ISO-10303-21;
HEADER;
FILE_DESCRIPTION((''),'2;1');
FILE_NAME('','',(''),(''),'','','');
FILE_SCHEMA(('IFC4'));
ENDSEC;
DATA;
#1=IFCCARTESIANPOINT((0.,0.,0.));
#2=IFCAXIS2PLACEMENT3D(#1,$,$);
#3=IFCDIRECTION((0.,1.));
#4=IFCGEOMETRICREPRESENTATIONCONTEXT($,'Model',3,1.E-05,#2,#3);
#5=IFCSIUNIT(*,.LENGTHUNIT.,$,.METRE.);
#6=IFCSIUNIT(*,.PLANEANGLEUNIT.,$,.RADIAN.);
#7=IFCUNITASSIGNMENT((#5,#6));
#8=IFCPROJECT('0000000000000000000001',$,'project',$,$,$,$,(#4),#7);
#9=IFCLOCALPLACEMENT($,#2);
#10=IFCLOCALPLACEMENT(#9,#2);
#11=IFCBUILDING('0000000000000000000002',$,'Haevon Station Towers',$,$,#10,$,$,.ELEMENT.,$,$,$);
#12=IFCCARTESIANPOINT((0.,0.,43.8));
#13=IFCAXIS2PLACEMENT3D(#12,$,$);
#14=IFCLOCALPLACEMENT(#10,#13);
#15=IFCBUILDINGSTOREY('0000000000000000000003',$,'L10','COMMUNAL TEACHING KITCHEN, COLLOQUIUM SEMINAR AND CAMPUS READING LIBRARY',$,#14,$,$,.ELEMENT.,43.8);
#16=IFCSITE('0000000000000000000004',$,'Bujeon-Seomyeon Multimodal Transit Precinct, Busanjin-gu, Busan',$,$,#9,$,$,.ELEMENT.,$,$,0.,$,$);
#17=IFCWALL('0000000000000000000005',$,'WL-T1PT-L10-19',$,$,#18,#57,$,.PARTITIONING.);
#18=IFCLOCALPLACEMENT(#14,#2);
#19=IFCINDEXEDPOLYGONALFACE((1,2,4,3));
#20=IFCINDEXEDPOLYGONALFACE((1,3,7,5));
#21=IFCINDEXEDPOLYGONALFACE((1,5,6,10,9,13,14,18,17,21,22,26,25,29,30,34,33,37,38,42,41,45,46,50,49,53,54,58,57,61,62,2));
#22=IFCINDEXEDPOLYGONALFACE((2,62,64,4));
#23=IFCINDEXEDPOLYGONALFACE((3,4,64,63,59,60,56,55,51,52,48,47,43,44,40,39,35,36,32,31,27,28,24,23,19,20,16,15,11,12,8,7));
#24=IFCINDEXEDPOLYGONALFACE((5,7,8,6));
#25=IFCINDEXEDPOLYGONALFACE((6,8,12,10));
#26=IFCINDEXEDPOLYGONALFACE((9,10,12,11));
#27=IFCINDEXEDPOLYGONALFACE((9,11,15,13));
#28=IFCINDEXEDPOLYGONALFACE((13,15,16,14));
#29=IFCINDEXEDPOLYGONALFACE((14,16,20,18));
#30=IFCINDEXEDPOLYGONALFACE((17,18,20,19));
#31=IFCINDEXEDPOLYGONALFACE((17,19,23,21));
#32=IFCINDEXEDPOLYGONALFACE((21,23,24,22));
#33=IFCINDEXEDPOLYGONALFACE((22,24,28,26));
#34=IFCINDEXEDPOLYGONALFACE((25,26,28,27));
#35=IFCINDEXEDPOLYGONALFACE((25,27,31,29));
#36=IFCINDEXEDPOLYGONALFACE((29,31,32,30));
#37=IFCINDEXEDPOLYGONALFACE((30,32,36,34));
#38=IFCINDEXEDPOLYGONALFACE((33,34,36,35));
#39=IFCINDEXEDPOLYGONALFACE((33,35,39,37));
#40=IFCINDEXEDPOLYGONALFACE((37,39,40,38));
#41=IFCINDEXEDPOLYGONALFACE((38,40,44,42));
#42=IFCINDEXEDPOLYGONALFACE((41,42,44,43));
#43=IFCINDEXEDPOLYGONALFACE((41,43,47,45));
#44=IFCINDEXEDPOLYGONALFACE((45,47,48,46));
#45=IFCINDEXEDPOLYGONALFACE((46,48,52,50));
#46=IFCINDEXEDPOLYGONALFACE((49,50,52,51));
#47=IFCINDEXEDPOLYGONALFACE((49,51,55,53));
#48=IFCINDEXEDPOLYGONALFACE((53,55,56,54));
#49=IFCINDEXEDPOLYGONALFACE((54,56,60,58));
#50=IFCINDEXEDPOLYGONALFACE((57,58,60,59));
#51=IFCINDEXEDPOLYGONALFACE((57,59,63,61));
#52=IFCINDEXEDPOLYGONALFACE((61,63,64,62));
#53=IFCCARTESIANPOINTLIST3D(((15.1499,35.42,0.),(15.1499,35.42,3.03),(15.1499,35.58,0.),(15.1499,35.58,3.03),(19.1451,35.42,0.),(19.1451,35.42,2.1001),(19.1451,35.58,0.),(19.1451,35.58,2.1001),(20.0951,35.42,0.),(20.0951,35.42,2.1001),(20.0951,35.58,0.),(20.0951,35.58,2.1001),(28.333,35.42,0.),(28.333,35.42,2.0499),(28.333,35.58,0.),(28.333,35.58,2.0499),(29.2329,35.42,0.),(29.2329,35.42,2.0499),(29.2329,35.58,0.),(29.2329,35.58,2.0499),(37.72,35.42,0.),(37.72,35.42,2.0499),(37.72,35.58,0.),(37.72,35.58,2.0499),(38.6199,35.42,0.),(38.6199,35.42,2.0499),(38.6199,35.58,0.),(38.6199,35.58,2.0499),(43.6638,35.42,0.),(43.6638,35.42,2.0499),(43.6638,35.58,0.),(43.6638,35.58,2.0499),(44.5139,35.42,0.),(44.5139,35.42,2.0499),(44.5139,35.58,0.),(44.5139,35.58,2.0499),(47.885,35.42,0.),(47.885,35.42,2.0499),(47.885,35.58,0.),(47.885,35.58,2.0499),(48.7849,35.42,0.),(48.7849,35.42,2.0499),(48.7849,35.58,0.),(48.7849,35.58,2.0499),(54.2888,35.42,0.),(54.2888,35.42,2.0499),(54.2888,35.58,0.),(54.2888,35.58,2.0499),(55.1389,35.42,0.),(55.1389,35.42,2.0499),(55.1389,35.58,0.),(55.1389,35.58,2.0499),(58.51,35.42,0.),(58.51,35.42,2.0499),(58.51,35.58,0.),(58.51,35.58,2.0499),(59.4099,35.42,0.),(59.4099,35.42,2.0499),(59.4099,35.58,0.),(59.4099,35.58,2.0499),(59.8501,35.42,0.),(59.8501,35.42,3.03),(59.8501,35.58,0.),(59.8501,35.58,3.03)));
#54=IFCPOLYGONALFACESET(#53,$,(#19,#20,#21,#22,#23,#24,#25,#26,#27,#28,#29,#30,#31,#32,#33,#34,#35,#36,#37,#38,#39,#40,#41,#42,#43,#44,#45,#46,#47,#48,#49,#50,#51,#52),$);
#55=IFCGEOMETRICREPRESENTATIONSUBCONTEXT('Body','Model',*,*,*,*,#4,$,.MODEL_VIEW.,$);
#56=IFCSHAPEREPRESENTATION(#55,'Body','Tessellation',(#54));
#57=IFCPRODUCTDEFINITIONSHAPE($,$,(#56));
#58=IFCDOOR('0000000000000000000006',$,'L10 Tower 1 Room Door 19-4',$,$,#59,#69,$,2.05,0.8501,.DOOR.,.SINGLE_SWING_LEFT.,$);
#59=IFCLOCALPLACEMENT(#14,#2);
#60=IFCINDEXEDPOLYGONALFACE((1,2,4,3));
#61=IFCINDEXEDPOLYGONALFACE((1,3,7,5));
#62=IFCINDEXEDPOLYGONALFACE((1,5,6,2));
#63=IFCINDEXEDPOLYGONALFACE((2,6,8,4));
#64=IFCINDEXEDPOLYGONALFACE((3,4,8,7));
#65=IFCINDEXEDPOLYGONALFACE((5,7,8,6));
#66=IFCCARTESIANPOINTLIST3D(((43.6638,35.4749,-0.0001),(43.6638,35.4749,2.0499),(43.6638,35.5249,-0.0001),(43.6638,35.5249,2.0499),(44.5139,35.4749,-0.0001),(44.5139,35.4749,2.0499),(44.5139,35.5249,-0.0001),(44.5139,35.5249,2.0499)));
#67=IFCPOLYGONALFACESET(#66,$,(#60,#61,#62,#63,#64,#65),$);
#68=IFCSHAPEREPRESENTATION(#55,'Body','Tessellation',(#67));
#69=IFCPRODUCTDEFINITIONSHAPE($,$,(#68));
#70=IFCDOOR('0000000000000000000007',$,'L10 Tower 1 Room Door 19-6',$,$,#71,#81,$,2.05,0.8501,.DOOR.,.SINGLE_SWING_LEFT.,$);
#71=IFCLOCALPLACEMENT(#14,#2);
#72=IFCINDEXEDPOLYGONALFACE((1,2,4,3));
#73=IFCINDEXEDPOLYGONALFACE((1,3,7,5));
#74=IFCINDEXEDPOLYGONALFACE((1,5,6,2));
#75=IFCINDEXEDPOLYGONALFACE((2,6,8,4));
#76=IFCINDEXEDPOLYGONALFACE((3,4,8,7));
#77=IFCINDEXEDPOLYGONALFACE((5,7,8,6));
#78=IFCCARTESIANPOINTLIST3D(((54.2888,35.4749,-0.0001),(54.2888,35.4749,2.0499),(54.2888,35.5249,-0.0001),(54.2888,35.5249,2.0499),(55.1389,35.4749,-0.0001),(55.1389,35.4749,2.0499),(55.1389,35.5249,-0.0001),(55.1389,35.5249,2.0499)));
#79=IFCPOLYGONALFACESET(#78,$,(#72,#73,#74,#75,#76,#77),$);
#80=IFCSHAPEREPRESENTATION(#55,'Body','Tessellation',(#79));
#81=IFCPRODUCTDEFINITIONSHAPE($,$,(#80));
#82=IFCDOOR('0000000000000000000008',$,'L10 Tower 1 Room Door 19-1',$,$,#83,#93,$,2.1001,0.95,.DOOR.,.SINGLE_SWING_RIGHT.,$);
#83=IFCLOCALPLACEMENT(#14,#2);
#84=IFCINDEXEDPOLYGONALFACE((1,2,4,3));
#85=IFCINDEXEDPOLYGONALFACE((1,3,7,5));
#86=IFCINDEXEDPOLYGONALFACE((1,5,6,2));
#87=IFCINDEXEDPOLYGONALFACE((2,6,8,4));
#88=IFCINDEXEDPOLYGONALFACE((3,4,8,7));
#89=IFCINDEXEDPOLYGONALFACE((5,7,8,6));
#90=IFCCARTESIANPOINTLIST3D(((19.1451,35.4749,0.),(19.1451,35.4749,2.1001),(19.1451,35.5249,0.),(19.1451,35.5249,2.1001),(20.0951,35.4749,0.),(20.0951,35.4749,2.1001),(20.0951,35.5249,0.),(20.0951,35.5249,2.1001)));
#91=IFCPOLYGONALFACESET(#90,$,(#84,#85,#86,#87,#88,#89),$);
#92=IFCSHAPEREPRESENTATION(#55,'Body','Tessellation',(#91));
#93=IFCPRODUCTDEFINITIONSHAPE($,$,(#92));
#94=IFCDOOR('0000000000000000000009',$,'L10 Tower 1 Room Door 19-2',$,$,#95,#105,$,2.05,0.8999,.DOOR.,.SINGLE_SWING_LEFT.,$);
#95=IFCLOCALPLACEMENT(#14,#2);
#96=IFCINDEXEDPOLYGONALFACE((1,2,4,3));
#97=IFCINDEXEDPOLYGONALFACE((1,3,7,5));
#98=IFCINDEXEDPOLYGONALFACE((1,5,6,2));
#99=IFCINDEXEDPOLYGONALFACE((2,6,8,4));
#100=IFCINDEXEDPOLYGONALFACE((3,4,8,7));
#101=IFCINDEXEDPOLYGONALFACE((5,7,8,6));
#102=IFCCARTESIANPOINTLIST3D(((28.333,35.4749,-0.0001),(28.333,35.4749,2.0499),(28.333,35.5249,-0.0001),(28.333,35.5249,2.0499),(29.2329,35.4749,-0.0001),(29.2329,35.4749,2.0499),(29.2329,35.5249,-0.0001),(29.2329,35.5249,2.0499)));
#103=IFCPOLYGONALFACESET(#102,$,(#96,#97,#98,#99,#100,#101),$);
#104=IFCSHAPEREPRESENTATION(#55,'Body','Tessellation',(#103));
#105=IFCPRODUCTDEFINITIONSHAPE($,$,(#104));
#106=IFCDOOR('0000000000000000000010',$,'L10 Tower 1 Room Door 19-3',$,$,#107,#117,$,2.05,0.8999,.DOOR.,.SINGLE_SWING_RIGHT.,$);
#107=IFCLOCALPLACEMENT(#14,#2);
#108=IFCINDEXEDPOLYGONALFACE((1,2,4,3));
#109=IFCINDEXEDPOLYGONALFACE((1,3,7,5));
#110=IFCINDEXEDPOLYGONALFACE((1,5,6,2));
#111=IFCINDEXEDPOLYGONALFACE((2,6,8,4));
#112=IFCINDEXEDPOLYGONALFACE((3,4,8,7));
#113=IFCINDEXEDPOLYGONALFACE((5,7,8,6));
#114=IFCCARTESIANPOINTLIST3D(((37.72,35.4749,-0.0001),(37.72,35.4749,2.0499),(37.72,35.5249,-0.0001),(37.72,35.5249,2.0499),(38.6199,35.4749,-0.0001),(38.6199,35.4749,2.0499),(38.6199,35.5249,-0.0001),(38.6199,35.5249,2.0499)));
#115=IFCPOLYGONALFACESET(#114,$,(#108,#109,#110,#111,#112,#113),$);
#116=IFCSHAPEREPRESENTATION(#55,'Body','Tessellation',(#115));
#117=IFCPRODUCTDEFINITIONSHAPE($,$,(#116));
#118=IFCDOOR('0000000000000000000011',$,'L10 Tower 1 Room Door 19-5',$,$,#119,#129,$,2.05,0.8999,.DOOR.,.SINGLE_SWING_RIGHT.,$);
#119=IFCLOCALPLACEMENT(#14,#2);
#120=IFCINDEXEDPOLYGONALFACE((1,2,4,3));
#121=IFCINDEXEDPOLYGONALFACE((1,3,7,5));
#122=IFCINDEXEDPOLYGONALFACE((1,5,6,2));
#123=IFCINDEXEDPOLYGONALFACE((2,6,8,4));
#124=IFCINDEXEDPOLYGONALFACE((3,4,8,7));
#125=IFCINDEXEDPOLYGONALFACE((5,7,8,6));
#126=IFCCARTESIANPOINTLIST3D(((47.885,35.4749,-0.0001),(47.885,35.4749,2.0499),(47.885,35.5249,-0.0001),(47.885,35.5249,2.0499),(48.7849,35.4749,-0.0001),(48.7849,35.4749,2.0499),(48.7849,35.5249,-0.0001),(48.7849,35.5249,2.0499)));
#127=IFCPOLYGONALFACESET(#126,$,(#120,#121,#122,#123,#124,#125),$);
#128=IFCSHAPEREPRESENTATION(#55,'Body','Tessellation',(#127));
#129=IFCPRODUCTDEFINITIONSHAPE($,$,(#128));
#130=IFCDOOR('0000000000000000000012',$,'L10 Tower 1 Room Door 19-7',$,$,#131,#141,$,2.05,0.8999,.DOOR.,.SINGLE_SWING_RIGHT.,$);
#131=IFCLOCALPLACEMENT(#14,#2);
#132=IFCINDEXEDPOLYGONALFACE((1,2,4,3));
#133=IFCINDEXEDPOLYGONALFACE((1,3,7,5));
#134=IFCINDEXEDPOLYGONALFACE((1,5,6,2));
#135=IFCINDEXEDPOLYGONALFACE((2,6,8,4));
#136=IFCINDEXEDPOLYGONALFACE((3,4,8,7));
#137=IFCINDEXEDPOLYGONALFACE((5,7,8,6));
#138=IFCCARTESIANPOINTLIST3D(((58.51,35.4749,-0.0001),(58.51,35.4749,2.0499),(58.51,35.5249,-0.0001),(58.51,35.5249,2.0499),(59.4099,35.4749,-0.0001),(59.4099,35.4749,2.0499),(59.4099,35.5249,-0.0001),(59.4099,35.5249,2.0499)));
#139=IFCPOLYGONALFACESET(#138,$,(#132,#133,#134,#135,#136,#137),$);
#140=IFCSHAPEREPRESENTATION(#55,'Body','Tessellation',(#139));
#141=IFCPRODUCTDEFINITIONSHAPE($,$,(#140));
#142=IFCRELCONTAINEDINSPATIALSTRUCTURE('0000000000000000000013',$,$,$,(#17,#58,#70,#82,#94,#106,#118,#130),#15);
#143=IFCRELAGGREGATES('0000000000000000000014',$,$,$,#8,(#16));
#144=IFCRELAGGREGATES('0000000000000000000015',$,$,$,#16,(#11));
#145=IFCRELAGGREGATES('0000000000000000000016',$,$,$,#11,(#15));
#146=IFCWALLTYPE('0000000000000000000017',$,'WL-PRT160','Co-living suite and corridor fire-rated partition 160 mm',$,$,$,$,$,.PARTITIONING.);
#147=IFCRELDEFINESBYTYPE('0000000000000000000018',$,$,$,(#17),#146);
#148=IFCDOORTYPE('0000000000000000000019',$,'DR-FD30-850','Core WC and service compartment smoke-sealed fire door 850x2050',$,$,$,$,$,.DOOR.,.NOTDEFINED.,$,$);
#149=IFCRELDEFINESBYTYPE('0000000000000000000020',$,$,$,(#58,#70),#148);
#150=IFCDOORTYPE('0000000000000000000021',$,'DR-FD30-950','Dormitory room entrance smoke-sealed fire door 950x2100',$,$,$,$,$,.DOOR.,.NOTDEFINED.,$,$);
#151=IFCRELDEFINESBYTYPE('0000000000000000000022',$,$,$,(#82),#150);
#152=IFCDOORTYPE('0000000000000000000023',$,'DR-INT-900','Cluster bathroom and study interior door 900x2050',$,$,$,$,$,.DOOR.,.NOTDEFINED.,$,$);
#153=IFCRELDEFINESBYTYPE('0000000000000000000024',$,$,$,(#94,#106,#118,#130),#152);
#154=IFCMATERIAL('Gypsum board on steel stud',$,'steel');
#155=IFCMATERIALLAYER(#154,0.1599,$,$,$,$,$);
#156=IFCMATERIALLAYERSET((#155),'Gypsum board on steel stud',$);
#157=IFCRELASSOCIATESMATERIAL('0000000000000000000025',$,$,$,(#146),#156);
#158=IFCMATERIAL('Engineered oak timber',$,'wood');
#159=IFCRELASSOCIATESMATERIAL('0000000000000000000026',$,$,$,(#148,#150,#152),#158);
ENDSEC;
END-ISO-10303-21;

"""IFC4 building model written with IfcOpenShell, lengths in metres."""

from ifc_helpers import new_model, si_unit, direction, frame, frame_2d, origin, place, context, subcontext, project, spatial, rectangle, extrude, material, layer, layer_set, type_object, element, fill, save


model = new_model("IFC4")

# Units and contexts
model_context = context("Model", 3, precision=1e-05, world=origin(), true_north=direction((0.0, 1.0)))
body_context = subcontext(model_context, "Body", "Model", "MODEL_VIEW")
ifc_project = project(units=[si_unit("LENGTHUNIT", "METRE"), si_unit("PLANEANGLEUNIT", "RADIAN")], contexts=[model_context])

# Site, building, storey
site_placement = place(None, origin())
site = spatial("IfcSite", under=ifc_project, at=site_placement, Name="Bujeon-Seomyeon Multimodal Transit Precinct, Busanjin-gu, Busan", CompositionType="ELEMENT", RefElevation=0.0)
building_placement = place(site_placement, origin())
building = spatial("IfcBuilding", under=site, at=building_placement, Name="Haevon Station Towers", CompositionType="ELEMENT")
storey_placement = place(building_placement, frame((0.0, 0.0, 43.8)))
storey = spatial("IfcBuildingStorey", under=building, at=storey_placement, Name="L10", Description="COMMUNAL TEACHING KITCHEN, COLLOQUIUM SEMINAR AND CAMPUS READING LIBRARY", CompositionType="ELEMENT", Elevation=43.8)

# Shared definitions
ifc_material_1 = material(Name="Gypsum board on steel stud", Category="steel")
ifc_layer_1 = layer(ifc_material_1, 0.1599)
ifc_layer_set_1 = layer_set([ifc_layer_1], Name="Gypsum board on steel stud")
wall_type = type_object("IfcWallType", Name="WL-PRT160", Description="Co-living suite and corridor fire-rated partition 160 mm", PredefinedType="PARTITIONING", material=ifc_layer_set_1)

# Wall, openings, doors
wall_1_placement = place(storey_placement, frame((15.1499, 35.5, 0.0), z_axis=(0.0, 0.0, 1.0), x_axis=(1.0, 0.0, 0.0)))
wall_1 = element("IfcWall", 1, at=wall_1_placement, inside=storey, type_object=wall_type, Name="WL-T1PT-L10-19", PredefinedType="PARTITIONING", context=body_context, shape_type="SweptSolid", body=[
    extrude(rectangle(XDim=44.7002, YDim=0.1599, at=frame_2d((22.3501, 0.0))), origin(), (0.0, 0.0, 1.0), 3.03),
])
opening_1_placement = place(wall_1_placement, frame((3.9951, 0.0, 0.0)))
opening_1 = element("IfcOpeningElement", 2, at=opening_1_placement, cuts=wall_1, PredefinedType="OPENING", context=body_context, shape_type="SweptSolid", body=[
    extrude(rectangle(XDim=0.95, YDim=2.1001, at=frame_2d((0.4751, 1.05))), frame((0.0, 0.0898, 0.0), z_axis=(0.0, -1.0, 0.0), x_axis=(1.0, 0.0, 0.0)), (0.0, 0.0, 1.0), 0.1799),
])
opening_2_placement = place(wall_1_placement, frame((13.1831, 0.0, 0.0)))
opening_2 = element("IfcOpeningElement", 3, at=opening_2_placement, cuts=wall_1, PredefinedType="OPENING", context=body_context, shape_type="SweptSolid", body=[
    extrude(rectangle(XDim=0.8999, YDim=2.05, at=frame_2d((0.45, 1.0249))), frame((0.0, 0.0898, 0.0), z_axis=(0.0, -1.0, 0.0), x_axis=(1.0, 0.0, 0.0)), (0.0, 0.0, 1.0), 0.1799),
])
opening_3_placement = place(wall_1_placement, frame((22.5701, 0.0, 0.0)))
opening_3 = element("IfcOpeningElement", 4, at=opening_3_placement, cuts=wall_1, PredefinedType="OPENING", context=body_context, shape_type="SweptSolid", body=[
    extrude(rectangle(XDim=0.8999, YDim=2.05, at=frame_2d((0.45, 1.0249))), frame((0.0, 0.0898, 0.0), z_axis=(0.0, -1.0, 0.0), x_axis=(1.0, 0.0, 0.0)), (0.0, 0.0, 1.0), 0.1799),
])
opening_4_placement = place(wall_1_placement, frame((28.5139, 0.0, 0.0)))
opening_4 = element("IfcOpeningElement", 5, at=opening_4_placement, cuts=wall_1, PredefinedType="OPENING", context=body_context, shape_type="SweptSolid", body=[
    extrude(rectangle(XDim=0.8501, YDim=2.05, at=frame_2d((0.425, 1.0249))), frame((0.0, 0.0898, 0.0), z_axis=(0.0, -1.0, 0.0), x_axis=(1.0, 0.0, 0.0)), (0.0, 0.0, 1.0), 0.1799),
])
opening_5_placement = place(wall_1_placement, frame((32.7351, 0.0, 0.0)))
opening_5 = element("IfcOpeningElement", 6, at=opening_5_placement, cuts=wall_1, PredefinedType="OPENING", context=body_context, shape_type="SweptSolid", body=[
    extrude(rectangle(XDim=0.8999, YDim=2.05, at=frame_2d((0.45, 1.0249))), frame((0.0, 0.0898, 0.0), z_axis=(0.0, -1.0, 0.0), x_axis=(1.0, 0.0, 0.0)), (0.0, 0.0, 1.0), 0.1799),
])
opening_6_placement = place(wall_1_placement, frame((39.1389, 0.0, 0.0)))
opening_6 = element("IfcOpeningElement", 7, at=opening_6_placement, cuts=wall_1, PredefinedType="OPENING", context=body_context, shape_type="SweptSolid", body=[
    extrude(rectangle(XDim=0.8501, YDim=2.05, at=frame_2d((0.425, 1.0249))), frame((0.0, 0.0898, 0.0), z_axis=(0.0, -1.0, 0.0), x_axis=(1.0, 0.0, 0.0)), (0.0, 0.0, 1.0), 0.1799),
])
opening_7_placement = place(wall_1_placement, frame((43.3601, 0.0, 0.0)))
opening_7 = element("IfcOpeningElement", 8, at=opening_7_placement, cuts=wall_1, PredefinedType="OPENING", context=body_context, shape_type="SweptSolid", body=[
    extrude(rectangle(XDim=0.8999, YDim=2.05, at=frame_2d((0.45, 1.0249))), frame((0.0, 0.0898, 0.0), z_axis=(0.0, -1.0, 0.0), x_axis=(1.0, 0.0, 0.0)), (0.0, 0.0, 1.0), 0.1799),
])
ifc_material_2 = material(Name="Engineered oak timber", Category="wood")
door_type_1 = type_object("IfcDoorType", Name="DR-FD30-850", Description="Core WC and service compartment smoke-sealed fire door 850x2050", OperationType="NOTDEFINED", PredefinedType="DOOR", material=ifc_material_2)
door_1_placement = place(opening_4_placement, origin())
door_1 = element("IfcDoor", 9, at=door_1_placement, inside=storey, type_object=door_type_1, Name="L10 Tower 1 Room Door 19-4", OperationType="SINGLE_SWING_LEFT", OverallHeight=2.05, OverallWidth=0.8501, PredefinedType="DOOR", context=body_context, shape_type="SweptSolid", body=[
    extrude(rectangle(XDim=0.8501, YDim=2.05, at=frame_2d((0.425, 1.0249))), frame((0.0, 0.0249, 0.0), z_axis=(0.0, -1.0, 0.0), x_axis=(1.0, 0.0, 0.0)), (0.0, 0.0, 1.0), 0.05),
])
fill(opening_4, door_1)
door_2_placement = place(opening_6_placement, origin())
door_2 = element("IfcDoor", 10, at=door_2_placement, inside=storey, type_object=door_type_1, Name="L10 Tower 1 Room Door 19-6", OperationType="SINGLE_SWING_LEFT", OverallHeight=2.05, OverallWidth=0.8501, PredefinedType="DOOR", context=body_context, shape_type="SweptSolid", body=[
    extrude(rectangle(XDim=0.8501, YDim=2.05, at=frame_2d((0.425, 1.0249))), frame((0.0, 0.0249, 0.0), z_axis=(0.0, -1.0, 0.0), x_axis=(1.0, 0.0, 0.0)), (0.0, 0.0, 1.0), 0.05),
])
fill(opening_6, door_2)
door_type_2 = type_object("IfcDoorType", Name="DR-FD30-950", Description="Dormitory room entrance smoke-sealed fire door 950x2100", OperationType="NOTDEFINED", PredefinedType="DOOR", material=ifc_material_2)
door_3_placement = place(opening_1_placement, origin())
door_3 = element("IfcDoor", 11, at=door_3_placement, inside=storey, type_object=door_type_2, Name="L10 Tower 1 Room Door 19-1", OperationType="SINGLE_SWING_RIGHT", OverallHeight=2.1001, OverallWidth=0.95, PredefinedType="DOOR", context=body_context, shape_type="SweptSolid", body=[
    extrude(rectangle(XDim=0.95, YDim=2.1001, at=frame_2d((0.4751, 1.05))), frame((0.0, 0.0249, 0.0), z_axis=(0.0, -1.0, 0.0), x_axis=(1.0, 0.0, 0.0)), (0.0, 0.0, 1.0), 0.05),
])
fill(opening_1, door_3)
door_type_3 = type_object("IfcDoorType", Name="DR-INT-900", Description="Cluster bathroom and study interior door 900x2050", OperationType="NOTDEFINED", PredefinedType="DOOR", material=ifc_material_2)
door_4_placement = place(opening_2_placement, origin())
door_4 = element("IfcDoor", 12, at=door_4_placement, inside=storey, type_object=door_type_3, Name="L10 Tower 1 Room Door 19-2", OperationType="SINGLE_SWING_LEFT", OverallHeight=2.05, OverallWidth=0.8999, PredefinedType="DOOR", context=body_context, shape_type="SweptSolid", body=[
    extrude(rectangle(XDim=0.8999, YDim=2.05, at=frame_2d((0.45, 1.0249))), frame((0.0, 0.0249, 0.0), z_axis=(0.0, -1.0, 0.0), x_axis=(1.0, 0.0, 0.0)), (0.0, 0.0, 1.0), 0.05),
])
fill(opening_2, door_4)
door_5_placement = place(opening_3_placement, origin())
door_5 = element("IfcDoor", 13, at=door_5_placement, inside=storey, type_object=door_type_3, Name="L10 Tower 1 Room Door 19-3", OperationType="SINGLE_SWING_RIGHT", OverallHeight=2.05, OverallWidth=0.8999, PredefinedType="DOOR", context=body_context, shape_type="SweptSolid", body=[
    extrude(rectangle(XDim=0.8999, YDim=2.05, at=frame_2d((0.45, 1.0249))), frame((0.0, 0.0249, 0.0), z_axis=(0.0, -1.0, 0.0), x_axis=(1.0, 0.0, 0.0)), (0.0, 0.0, 1.0), 0.05),
])
fill(opening_3, door_5)
door_6_placement = place(opening_5_placement, origin())
door_6 = element("IfcDoor", 14, at=door_6_placement, inside=storey, type_object=door_type_3, Name="L10 Tower 1 Room Door 19-5", OperationType="SINGLE_SWING_RIGHT", OverallHeight=2.05, OverallWidth=0.8999, PredefinedType="DOOR", context=body_context, shape_type="SweptSolid", body=[
    extrude(rectangle(XDim=0.8999, YDim=2.05, at=frame_2d((0.45, 1.0249))), frame((0.0, 0.0249, 0.0), z_axis=(0.0, -1.0, 0.0), x_axis=(1.0, 0.0, 0.0)), (0.0, 0.0, 1.0), 0.05),
])
fill(opening_5, door_6)
door_7_placement = place(opening_7_placement, origin())
door_7 = element("IfcDoor", 15, at=door_7_placement, inside=storey, type_object=door_type_3, Name="L10 Tower 1 Room Door 19-7", OperationType="SINGLE_SWING_RIGHT", OverallHeight=2.05, OverallWidth=0.8999, PredefinedType="DOOR", context=body_context, shape_type="SweptSolid", body=[
    extrude(rectangle(XDim=0.8999, YDim=2.05, at=frame_2d((0.45, 1.0249))), frame((0.0, 0.0249, 0.0), z_axis=(0.0, -1.0, 0.0), x_axis=(1.0, 0.0, 0.0)), (0.0, 0.0, 1.0), 0.05),
])
fill(opening_7, door_7)

save(model, "model.ifc")
